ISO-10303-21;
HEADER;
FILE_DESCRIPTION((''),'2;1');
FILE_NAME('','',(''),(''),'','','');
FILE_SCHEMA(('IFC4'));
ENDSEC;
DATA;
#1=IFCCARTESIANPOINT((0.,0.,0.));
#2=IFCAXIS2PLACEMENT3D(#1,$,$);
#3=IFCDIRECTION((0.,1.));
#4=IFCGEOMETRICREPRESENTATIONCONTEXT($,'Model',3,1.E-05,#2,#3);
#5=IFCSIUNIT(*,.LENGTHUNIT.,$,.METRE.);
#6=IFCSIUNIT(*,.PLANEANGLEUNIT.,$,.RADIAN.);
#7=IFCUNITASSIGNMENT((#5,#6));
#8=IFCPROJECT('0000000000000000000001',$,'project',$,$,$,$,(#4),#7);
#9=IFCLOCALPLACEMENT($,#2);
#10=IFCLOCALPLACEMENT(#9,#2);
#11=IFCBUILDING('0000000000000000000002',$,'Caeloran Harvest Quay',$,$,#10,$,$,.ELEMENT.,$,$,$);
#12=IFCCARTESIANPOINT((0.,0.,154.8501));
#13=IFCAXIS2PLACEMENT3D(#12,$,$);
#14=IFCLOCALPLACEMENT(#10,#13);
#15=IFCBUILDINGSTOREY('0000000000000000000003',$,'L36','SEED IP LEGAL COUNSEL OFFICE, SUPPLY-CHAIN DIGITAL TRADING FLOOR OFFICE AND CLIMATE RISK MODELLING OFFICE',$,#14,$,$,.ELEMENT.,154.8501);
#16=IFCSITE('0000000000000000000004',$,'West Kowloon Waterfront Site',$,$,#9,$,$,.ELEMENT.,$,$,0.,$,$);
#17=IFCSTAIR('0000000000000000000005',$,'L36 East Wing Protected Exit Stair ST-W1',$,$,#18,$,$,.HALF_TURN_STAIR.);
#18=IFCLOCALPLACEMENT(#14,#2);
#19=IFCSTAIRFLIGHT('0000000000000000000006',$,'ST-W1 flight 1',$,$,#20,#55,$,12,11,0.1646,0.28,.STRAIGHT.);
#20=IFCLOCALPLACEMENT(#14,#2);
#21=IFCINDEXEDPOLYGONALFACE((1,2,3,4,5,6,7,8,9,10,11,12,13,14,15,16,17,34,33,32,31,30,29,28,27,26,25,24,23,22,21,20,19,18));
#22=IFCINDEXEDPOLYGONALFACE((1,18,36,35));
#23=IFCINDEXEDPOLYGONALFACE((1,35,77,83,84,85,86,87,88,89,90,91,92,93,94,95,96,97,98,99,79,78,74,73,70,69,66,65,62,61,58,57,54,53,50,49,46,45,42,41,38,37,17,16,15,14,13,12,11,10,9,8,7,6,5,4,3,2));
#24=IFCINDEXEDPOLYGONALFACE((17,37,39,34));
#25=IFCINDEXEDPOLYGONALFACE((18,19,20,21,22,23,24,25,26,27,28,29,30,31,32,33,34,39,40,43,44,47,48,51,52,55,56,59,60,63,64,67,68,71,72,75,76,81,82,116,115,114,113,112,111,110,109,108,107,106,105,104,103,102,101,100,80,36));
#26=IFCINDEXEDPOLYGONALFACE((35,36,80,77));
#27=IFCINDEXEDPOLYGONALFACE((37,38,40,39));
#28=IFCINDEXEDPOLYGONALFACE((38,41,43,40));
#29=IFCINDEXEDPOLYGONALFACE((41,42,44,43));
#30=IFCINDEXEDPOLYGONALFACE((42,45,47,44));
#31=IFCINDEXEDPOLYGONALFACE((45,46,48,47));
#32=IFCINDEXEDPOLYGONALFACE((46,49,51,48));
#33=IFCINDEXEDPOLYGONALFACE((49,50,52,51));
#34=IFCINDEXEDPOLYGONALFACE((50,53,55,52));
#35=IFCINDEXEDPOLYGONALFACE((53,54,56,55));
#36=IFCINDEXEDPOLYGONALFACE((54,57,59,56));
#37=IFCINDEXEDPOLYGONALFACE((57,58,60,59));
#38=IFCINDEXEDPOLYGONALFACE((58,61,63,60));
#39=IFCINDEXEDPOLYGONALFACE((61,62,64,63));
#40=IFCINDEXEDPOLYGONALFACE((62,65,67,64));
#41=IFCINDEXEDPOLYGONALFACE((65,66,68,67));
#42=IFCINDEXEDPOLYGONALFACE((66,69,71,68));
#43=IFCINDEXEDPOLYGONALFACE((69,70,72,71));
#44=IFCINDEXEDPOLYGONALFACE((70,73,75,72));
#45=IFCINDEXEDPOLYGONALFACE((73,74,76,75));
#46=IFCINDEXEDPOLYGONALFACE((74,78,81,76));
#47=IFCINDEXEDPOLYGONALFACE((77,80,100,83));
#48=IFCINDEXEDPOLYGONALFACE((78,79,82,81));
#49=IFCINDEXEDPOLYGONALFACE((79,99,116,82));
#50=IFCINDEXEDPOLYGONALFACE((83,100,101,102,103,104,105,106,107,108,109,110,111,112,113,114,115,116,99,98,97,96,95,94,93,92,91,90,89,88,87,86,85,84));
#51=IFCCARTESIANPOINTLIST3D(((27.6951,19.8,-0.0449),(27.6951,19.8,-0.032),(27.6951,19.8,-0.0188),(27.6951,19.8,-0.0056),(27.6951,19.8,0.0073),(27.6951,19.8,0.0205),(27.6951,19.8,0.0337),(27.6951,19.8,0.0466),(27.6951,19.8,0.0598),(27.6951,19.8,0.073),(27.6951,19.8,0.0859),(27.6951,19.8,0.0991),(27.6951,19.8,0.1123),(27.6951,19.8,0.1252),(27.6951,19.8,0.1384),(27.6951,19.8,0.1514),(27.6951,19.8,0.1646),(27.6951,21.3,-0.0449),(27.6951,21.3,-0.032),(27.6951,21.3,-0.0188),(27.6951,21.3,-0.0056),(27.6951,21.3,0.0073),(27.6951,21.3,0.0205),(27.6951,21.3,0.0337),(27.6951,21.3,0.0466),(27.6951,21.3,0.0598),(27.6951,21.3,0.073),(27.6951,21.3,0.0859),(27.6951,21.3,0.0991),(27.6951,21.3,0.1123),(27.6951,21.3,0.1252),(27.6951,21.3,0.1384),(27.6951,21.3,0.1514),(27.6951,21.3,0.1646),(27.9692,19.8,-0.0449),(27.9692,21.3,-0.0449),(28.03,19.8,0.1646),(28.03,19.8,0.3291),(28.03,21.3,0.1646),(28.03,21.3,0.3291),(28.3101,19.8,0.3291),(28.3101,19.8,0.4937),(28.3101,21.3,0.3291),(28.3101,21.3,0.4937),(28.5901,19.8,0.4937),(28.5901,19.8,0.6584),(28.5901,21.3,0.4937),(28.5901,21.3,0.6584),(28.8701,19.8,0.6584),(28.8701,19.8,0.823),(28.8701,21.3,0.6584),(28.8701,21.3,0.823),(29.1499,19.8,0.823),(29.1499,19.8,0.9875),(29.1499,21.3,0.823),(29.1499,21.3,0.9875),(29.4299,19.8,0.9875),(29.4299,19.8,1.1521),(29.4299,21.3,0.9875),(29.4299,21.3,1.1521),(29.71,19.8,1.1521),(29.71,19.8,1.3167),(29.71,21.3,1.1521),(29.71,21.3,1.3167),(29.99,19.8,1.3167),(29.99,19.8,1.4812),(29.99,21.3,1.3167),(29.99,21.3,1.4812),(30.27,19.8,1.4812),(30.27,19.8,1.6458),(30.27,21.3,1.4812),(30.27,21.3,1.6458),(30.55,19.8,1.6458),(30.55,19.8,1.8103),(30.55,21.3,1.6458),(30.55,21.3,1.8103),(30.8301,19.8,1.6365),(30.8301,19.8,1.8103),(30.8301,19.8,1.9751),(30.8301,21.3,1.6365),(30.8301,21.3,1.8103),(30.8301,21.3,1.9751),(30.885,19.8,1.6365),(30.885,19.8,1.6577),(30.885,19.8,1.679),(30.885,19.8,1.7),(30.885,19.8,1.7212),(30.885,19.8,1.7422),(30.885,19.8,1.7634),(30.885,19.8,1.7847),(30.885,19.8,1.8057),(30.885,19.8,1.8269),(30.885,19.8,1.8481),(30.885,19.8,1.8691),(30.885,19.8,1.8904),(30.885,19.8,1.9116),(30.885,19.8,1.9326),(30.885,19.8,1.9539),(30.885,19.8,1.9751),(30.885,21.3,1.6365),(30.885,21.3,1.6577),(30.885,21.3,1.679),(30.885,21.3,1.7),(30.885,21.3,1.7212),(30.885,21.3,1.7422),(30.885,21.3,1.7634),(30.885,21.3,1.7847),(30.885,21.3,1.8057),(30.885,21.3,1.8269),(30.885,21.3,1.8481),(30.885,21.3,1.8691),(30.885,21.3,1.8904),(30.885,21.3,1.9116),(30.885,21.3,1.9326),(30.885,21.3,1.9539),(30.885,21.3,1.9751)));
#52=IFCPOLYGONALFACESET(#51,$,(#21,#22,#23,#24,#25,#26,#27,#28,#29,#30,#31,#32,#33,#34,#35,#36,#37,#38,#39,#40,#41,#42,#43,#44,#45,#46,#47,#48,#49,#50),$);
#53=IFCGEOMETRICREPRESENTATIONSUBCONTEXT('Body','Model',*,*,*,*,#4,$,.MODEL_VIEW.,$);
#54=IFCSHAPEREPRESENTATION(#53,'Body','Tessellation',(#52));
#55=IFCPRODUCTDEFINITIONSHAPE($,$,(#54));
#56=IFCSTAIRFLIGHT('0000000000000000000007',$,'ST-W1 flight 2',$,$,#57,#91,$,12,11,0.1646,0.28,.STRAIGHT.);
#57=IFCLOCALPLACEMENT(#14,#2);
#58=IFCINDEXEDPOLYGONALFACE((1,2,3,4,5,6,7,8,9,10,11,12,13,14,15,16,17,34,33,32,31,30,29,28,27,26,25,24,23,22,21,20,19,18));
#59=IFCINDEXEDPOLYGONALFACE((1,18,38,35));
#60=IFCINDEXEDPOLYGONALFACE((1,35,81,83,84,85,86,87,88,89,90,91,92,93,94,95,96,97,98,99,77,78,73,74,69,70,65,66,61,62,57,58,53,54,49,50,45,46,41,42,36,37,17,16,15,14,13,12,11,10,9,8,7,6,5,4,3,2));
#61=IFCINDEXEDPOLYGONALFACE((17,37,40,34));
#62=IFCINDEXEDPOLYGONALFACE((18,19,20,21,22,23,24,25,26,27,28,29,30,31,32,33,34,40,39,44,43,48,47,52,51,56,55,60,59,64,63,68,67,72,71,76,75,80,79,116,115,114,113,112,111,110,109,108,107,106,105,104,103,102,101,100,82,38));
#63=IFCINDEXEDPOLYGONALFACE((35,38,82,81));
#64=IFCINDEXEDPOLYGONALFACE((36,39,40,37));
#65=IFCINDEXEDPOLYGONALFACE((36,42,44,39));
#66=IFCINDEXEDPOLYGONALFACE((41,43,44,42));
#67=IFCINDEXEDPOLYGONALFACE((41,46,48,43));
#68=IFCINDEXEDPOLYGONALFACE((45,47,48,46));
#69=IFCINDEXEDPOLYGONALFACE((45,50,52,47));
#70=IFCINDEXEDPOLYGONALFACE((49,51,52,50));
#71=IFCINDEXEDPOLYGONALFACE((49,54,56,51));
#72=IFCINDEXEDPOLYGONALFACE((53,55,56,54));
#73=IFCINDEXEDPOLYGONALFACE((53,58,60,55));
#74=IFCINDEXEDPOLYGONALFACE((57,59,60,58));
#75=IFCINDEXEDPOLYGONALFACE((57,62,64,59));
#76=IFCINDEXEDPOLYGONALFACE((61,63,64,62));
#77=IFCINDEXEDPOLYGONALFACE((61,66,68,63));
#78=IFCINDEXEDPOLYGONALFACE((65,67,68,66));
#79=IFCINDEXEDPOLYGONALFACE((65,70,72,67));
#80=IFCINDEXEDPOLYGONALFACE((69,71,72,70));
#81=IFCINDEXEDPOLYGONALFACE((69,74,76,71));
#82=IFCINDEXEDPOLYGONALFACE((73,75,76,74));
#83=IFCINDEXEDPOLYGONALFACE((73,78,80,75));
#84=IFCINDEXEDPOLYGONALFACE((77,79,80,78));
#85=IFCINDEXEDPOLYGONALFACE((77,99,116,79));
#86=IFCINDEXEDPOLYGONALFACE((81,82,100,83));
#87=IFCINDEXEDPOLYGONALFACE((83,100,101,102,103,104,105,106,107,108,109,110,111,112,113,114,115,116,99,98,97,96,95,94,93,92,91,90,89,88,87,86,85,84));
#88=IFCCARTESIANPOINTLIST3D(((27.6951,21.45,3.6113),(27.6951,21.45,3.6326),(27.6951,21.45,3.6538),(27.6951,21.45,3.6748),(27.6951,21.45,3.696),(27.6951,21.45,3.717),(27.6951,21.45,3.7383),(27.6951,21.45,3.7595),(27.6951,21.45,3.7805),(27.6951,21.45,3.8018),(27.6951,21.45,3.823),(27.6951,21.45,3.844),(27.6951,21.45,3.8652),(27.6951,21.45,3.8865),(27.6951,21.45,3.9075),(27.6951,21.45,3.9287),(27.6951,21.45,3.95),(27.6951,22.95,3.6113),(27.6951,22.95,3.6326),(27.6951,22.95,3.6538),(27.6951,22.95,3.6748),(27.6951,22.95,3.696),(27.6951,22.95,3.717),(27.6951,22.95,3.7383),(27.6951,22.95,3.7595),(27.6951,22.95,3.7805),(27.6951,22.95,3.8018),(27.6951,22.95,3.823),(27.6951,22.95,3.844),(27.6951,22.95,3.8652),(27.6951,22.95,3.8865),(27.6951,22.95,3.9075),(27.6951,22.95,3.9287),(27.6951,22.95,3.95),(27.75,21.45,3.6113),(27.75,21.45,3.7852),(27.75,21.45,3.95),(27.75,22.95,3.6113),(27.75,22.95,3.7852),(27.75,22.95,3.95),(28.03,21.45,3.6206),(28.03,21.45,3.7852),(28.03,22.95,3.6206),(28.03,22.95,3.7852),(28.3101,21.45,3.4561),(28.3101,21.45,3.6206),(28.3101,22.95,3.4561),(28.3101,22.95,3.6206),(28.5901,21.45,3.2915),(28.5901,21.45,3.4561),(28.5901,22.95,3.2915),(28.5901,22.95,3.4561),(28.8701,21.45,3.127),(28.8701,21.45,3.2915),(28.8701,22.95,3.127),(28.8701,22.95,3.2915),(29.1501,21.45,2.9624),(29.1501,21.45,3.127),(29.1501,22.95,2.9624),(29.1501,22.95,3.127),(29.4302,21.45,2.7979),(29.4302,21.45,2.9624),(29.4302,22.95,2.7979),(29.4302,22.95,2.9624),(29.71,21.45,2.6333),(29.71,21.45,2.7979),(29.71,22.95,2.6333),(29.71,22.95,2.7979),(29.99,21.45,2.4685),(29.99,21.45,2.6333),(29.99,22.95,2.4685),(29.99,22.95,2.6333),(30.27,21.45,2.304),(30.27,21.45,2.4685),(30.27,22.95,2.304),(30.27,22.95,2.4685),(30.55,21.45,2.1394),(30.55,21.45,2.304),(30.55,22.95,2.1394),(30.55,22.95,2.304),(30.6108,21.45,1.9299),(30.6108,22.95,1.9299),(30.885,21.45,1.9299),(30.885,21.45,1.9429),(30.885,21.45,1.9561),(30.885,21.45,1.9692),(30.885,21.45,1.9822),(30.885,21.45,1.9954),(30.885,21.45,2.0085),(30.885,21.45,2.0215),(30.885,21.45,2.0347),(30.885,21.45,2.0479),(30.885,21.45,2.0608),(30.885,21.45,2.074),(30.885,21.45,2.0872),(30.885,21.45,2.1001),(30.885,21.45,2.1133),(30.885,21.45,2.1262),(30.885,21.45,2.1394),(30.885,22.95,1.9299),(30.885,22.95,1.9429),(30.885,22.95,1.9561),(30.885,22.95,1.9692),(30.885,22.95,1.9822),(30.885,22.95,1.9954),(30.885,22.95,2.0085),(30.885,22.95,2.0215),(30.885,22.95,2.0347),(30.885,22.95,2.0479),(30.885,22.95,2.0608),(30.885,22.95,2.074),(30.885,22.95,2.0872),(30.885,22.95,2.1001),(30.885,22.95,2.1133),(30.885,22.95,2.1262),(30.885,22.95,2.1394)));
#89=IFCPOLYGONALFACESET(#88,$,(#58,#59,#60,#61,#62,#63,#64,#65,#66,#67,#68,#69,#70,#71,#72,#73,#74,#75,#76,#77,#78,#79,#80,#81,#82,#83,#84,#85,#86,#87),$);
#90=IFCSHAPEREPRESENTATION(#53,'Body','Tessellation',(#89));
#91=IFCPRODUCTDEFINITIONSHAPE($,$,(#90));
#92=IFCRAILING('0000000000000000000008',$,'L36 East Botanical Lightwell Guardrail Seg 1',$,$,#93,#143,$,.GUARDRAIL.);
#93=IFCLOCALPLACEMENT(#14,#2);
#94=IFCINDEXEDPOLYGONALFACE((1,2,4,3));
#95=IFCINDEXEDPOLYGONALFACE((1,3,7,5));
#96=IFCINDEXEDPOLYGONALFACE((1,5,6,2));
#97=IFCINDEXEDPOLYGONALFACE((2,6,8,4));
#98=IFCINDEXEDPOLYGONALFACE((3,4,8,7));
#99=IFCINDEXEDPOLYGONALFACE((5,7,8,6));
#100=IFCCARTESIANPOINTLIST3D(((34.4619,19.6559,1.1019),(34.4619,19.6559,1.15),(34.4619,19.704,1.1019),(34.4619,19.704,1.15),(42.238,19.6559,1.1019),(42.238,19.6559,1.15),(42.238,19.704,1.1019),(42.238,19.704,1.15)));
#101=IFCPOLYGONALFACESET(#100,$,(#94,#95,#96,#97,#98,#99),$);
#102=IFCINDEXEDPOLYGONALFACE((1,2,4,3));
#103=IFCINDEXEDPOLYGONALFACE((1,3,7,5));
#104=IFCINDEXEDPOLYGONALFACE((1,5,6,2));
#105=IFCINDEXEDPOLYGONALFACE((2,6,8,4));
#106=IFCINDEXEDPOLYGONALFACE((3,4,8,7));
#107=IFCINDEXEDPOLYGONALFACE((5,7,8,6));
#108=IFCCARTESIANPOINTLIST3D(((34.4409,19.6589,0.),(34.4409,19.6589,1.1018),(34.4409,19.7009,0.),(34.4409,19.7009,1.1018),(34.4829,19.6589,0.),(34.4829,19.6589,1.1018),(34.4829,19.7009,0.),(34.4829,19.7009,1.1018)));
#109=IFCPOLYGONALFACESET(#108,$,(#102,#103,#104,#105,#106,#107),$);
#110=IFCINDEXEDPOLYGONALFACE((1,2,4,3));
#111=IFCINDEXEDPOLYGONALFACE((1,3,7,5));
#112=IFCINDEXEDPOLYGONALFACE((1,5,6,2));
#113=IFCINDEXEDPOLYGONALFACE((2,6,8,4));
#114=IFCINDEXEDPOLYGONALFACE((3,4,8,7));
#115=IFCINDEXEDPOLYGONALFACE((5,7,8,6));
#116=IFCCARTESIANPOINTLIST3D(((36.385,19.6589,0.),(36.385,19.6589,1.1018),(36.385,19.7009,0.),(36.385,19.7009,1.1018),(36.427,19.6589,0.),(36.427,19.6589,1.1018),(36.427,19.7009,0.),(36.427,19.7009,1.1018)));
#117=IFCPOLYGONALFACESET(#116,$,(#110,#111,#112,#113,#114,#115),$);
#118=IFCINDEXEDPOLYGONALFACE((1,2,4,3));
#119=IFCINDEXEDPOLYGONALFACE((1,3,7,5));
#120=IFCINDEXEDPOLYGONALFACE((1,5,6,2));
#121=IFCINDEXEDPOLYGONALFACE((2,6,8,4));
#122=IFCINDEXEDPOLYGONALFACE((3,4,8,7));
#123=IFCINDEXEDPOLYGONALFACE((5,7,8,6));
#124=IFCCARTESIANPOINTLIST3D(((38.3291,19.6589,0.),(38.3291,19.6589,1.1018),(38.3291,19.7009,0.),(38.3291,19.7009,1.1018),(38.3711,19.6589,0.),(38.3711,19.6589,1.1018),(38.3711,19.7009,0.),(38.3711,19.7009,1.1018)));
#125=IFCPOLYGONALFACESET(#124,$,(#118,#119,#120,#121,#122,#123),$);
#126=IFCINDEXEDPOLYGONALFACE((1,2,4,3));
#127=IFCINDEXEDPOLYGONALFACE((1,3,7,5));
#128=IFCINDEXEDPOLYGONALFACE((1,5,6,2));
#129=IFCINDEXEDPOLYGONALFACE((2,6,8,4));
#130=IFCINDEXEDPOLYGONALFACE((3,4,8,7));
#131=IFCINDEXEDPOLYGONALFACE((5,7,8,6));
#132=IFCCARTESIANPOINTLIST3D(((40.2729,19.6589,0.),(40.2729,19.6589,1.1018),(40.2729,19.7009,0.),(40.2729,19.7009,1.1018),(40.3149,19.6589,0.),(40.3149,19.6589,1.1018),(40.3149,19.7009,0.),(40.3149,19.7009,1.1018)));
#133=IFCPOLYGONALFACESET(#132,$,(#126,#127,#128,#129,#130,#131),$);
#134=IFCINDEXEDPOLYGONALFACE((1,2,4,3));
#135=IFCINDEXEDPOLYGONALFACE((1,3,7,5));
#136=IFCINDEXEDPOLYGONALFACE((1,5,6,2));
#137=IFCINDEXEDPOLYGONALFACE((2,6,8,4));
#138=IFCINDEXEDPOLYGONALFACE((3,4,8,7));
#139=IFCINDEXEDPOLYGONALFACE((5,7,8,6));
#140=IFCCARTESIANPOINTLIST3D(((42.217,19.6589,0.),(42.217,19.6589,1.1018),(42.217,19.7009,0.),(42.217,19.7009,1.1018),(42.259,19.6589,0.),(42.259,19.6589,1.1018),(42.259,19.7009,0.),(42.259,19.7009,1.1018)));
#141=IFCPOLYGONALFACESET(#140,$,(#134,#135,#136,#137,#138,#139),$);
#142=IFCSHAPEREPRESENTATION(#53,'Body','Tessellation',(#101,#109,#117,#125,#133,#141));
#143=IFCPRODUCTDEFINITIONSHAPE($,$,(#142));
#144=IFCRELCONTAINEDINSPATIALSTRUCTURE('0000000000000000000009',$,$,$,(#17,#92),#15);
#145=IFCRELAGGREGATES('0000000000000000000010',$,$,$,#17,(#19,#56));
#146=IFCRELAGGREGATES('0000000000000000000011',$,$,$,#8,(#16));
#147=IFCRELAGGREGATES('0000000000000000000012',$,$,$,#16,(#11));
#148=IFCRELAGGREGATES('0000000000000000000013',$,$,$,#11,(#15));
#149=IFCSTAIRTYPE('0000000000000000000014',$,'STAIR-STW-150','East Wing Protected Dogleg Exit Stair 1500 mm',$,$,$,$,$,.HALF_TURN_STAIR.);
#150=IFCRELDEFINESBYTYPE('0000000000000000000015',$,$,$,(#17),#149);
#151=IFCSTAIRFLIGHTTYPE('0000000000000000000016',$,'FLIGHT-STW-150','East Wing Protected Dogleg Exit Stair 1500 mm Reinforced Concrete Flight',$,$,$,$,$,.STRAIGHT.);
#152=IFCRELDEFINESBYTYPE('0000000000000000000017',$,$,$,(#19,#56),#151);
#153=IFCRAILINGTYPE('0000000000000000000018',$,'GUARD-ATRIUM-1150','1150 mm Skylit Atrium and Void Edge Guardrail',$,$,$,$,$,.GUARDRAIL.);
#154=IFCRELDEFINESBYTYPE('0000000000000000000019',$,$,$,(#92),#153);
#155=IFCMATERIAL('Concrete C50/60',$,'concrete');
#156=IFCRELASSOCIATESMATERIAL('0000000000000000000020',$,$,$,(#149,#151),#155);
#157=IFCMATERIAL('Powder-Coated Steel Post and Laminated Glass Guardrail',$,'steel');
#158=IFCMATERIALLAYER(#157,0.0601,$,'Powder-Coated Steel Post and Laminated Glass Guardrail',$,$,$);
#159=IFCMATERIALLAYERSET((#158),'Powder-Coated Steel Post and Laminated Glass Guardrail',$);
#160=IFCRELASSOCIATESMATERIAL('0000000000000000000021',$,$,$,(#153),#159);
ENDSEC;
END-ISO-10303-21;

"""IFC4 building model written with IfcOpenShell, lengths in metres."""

from ifc_helpers import new_model, si_unit, direction, frame, origin, origin_2d, place, context, subcontext, project, spatial, polyline, rectangle, outline, extrude, material, layer, layer_set, type_object, element, aggregate, save


model = new_model("IFC4")

# Units and contexts
model_context = context("Model", 3, precision=1e-05, world=origin(), true_north=direction((0.0, 1.0)))
body_context = subcontext(model_context, "Body", "Model", "MODEL_VIEW")
ifc_project = project(units=[si_unit("LENGTHUNIT", "METRE"), si_unit("PLANEANGLEUNIT", "RADIAN")], contexts=[model_context])

# Site, building, storey
site_placement = place(None, origin())
site = spatial("IfcSite", under=ifc_project, at=site_placement, Name="West Kowloon Waterfront Site", CompositionType="ELEMENT", RefElevation=0.0)
building_placement = place(site_placement, origin())
building = spatial("IfcBuilding", under=site, at=building_placement, Name="Caeloran Harvest Quay", CompositionType="ELEMENT")
storey_placement = place(building_placement, frame((0.0, 0.0, 154.8501)))
storey = spatial("IfcBuildingStorey", under=building, at=storey_placement, Name="L36", Description="SEED IP LEGAL COUNSEL OFFICE, SUPPLY-CHAIN DIGITAL TRADING FLOOR OFFICE AND CLIMATE RISK MODELLING OFFICE", CompositionType="ELEMENT", Elevation=154.8501)

# Stair, stair flights
ifc_material_1 = material(Name="Concrete C50/60", Category="concrete")
stair_type = type_object("IfcStairType", Name="STAIR-STW-150", Description="East Wing Protected Dogleg Exit Stair 1500 mm", PredefinedType="HALF_TURN_STAIR", material=ifc_material_1)
stair_placement = place(storey_placement, origin())
stair = element("IfcStair", 1, at=stair_placement, inside=storey, type_object=stair_type, Name="L36 East Wing Protected Exit Stair ST-W1", PredefinedType="HALF_TURN_STAIR")
stair_flight_type = type_object("IfcStairFlightType", Name="FLIGHT-STW-150", Description="East Wing Protected Dogleg Exit Stair 1500 mm Reinforced Concrete Flight", PredefinedType="STRAIGHT", material=ifc_material_1)
stair_flight_1_placement = place(storey_placement, frame((27.75, 20.55, 0.0), z_axis=(0.0, 0.0, 1.0), x_axis=(1.0, 0.0, 0.0)))
stair_flight_1 = element("IfcStairFlight", 2, at=stair_flight_1_placement, type_object=stair_flight_type, Name="ST-W1 flight 1", NumberOfRisers=12, NumberOfTreads=11, PredefinedType="STRAIGHT", RiserHeight=0.1646, TreadLength=0.28, context=body_context, shape_type="SweptSolid", body=[
    extrude(outline(polyline([(-0.0549, -0.0449), (-0.0549, -0.032), (-0.0549, -0.0188), (-0.0549, -0.0056), (-0.0549, 0.0073), (-0.0549, 0.0205), (-0.0549, 0.0337), (-0.0549, 0.0466), (-0.0549, 0.0598), (-0.0549, 0.073), (-0.0549, 0.0859), (-0.0549, 0.0991), (-0.0549, 0.1123), (-0.0549, 0.1252), (-0.0549, 0.1384), (-0.0549, 0.1514), (-0.0549, 0.1646), (0.28, 0.1646), (0.28, 0.3291), (0.5601, 0.3291), (0.5601, 0.4937), (0.8401, 0.4937), (0.8401, 0.6584), (1.1201, 0.6584), (1.1201, 0.823), (1.3999, 0.823), (1.3999, 0.9875), (1.6799, 0.9875), (1.6799, 1.1521), (1.96, 1.1521), (1.96, 1.3167), (2.24, 1.3167), (2.24, 1.4812), (2.52, 1.4812), (2.52, 1.6458), (2.8, 1.6458), (2.8, 1.8103), (3.0801, 1.8103), (3.0801, 1.9751), (3.135, 1.9751), (3.135, 1.9539), (3.135, 1.9326), (3.135, 1.9116), (3.135, 1.8904), (3.135, 1.8691), (3.135, 1.8481), (3.135, 1.8269), (3.135, 1.8057), (3.135, 1.7847), (3.135, 1.7634), (3.135, 1.7422), (3.135, 1.7212), (3.135, 1.7), (3.135, 1.679), (3.135, 1.6577), (3.135, 1.6365), (3.0801, 1.6365), (0.2192, -0.0449), (-0.0549, -0.0449)])), frame((0.0, 0.75, 0.0), z_axis=(0.0, -1.0, 0.0), x_axis=(1.0, 0.0, 0.0)), (0.0, 0.0, 1.0), 1.5),
])
stair_flight_2_placement = place(storey_placement, frame((30.8301, 22.2, 1.9749), z_axis=(0.0, 0.0, 1.0), x_axis=(-1.0, 0.0, 0.0)))
stair_flight_2 = element("IfcStairFlight", 3, at=stair_flight_2_placement, type_object=stair_flight_type, Name="ST-W1 flight 2", NumberOfRisers=12, NumberOfTreads=11, PredefinedType="STRAIGHT", RiserHeight=0.1646, TreadLength=0.28, context=body_context, shape_type="SweptSolid", body=[
    extrude(outline(polyline([(-0.0549, -0.0449), (-0.0549, -0.032), (-0.0549, -0.0188), (-0.0549, -0.0056), (-0.0549, 0.0073), (-0.0549, 0.0205), (-0.0549, 0.0337), (-0.0549, 0.0466), (-0.0549, 0.0598), (-0.0549, 0.073), (-0.0549, 0.0859), (-0.0549, 0.0991), (-0.0549, 0.1123), (-0.0549, 0.1252), (-0.0549, 0.1384), (-0.0549, 0.1514), (-0.0549, 0.1646), (0.28, 0.1646), (0.28, 0.3291), (0.5601, 0.3291), (0.5601, 0.4937), (0.8401, 0.4937), (0.8401, 0.6584), (1.1201, 0.6584), (1.1201, 0.823), (1.3999, 0.823), (1.3999, 0.9875), (1.6799, 0.9875), (1.6799, 1.1521), (1.96, 1.1521), (1.96, 1.3167), (2.24, 1.3167), (2.24, 1.4812), (2.52, 1.4812), (2.52, 1.6458), (2.8, 1.6458), (2.8, 1.8103), (3.0801, 1.8103), (3.0801, 1.9751), (3.135, 1.9751), (3.135, 1.9539), (3.135, 1.9326), (3.135, 1.9116), (3.135, 1.8904), (3.135, 1.8691), (3.135, 1.8481), (3.135, 1.8269), (3.135, 1.8057), (3.135, 1.7847), (3.135, 1.7634), (3.135, 1.7422), (3.135, 1.7212), (3.135, 1.7), (3.135, 1.679), (3.135, 1.6577), (3.135, 1.6365), (3.0801, 1.6365), (0.2192, -0.0449), (-0.0549, -0.0449)])), frame((0.0, 0.75, 0.0), z_axis=(0.0, -1.0, 0.0), x_axis=(1.0, 0.0, 0.0)), (0.0, 0.0, 1.0), 1.5),
])
aggregate(stair, [stair_flight_1, stair_flight_2])

# Railing
ifc_material_2 = material(Name="Powder-Coated Steel Post and Laminated Glass Guardrail", Category="steel")
ifc_layer_1 = layer(ifc_material_2, 0.0601, Name="Powder-Coated Steel Post and Laminated Glass Guardrail")
ifc_layer_set_1 = layer_set([ifc_layer_1], Name="Powder-Coated Steel Post and Laminated Glass Guardrail")
railing_type_1 = type_object("IfcRailingType", Name="GUARD-ATRIUM-1150", Description="1150 mm Skylit Atrium and Void Edge Guardrail", PredefinedType="GUARDRAIL", material=ifc_layer_set_1)
railing_1_placement = place(storey_placement, frame((34.4619, 19.6799, 0.0)))
element("IfcRailing", 4, at=railing_1_placement, inside=storey, type_object=railing_type_1, Name="L36 East Botanical Lightwell Guardrail Seg 1", PredefinedType="GUARDRAIL", context=body_context, shape_type="SweptSolid", body=[
    extrude(rectangle(XDim=0.0481, YDim=0.0481, at=origin_2d()), frame((0.0, 0.0, 1.126), z_axis=(1.0, 0.0, 0.0), x_axis=(0.0, 1.0, 0.0)), (0.0, 0.0, 1.0), 7.7761),
    extrude(rectangle(XDim=0.042, YDim=0.042, at=origin_2d()), origin(), (0.0, 0.0, 1.0), 1.1018),
    extrude(rectangle(XDim=0.042, YDim=0.042, at=origin_2d()), frame((1.9441, 0.0, 0.0)), (0.0, 0.0, 1.0), 1.1018),
    extrude(rectangle(XDim=0.042, YDim=0.042, at=origin_2d()), frame((3.8882, 0.0, 0.0)), (0.0, 0.0, 1.0), 1.1018),
    extrude(rectangle(XDim=0.042, YDim=0.042, at=origin_2d()), frame((5.832, 0.0, 0.0)), (0.0, 0.0, 1.0), 1.1018),
    extrude(rectangle(XDim=0.042, YDim=0.042, at=origin_2d()), frame((7.7761, 0.0, 0.0)), (0.0, 0.0, 1.0), 1.1018),
])

save(model, "model.ifc")
